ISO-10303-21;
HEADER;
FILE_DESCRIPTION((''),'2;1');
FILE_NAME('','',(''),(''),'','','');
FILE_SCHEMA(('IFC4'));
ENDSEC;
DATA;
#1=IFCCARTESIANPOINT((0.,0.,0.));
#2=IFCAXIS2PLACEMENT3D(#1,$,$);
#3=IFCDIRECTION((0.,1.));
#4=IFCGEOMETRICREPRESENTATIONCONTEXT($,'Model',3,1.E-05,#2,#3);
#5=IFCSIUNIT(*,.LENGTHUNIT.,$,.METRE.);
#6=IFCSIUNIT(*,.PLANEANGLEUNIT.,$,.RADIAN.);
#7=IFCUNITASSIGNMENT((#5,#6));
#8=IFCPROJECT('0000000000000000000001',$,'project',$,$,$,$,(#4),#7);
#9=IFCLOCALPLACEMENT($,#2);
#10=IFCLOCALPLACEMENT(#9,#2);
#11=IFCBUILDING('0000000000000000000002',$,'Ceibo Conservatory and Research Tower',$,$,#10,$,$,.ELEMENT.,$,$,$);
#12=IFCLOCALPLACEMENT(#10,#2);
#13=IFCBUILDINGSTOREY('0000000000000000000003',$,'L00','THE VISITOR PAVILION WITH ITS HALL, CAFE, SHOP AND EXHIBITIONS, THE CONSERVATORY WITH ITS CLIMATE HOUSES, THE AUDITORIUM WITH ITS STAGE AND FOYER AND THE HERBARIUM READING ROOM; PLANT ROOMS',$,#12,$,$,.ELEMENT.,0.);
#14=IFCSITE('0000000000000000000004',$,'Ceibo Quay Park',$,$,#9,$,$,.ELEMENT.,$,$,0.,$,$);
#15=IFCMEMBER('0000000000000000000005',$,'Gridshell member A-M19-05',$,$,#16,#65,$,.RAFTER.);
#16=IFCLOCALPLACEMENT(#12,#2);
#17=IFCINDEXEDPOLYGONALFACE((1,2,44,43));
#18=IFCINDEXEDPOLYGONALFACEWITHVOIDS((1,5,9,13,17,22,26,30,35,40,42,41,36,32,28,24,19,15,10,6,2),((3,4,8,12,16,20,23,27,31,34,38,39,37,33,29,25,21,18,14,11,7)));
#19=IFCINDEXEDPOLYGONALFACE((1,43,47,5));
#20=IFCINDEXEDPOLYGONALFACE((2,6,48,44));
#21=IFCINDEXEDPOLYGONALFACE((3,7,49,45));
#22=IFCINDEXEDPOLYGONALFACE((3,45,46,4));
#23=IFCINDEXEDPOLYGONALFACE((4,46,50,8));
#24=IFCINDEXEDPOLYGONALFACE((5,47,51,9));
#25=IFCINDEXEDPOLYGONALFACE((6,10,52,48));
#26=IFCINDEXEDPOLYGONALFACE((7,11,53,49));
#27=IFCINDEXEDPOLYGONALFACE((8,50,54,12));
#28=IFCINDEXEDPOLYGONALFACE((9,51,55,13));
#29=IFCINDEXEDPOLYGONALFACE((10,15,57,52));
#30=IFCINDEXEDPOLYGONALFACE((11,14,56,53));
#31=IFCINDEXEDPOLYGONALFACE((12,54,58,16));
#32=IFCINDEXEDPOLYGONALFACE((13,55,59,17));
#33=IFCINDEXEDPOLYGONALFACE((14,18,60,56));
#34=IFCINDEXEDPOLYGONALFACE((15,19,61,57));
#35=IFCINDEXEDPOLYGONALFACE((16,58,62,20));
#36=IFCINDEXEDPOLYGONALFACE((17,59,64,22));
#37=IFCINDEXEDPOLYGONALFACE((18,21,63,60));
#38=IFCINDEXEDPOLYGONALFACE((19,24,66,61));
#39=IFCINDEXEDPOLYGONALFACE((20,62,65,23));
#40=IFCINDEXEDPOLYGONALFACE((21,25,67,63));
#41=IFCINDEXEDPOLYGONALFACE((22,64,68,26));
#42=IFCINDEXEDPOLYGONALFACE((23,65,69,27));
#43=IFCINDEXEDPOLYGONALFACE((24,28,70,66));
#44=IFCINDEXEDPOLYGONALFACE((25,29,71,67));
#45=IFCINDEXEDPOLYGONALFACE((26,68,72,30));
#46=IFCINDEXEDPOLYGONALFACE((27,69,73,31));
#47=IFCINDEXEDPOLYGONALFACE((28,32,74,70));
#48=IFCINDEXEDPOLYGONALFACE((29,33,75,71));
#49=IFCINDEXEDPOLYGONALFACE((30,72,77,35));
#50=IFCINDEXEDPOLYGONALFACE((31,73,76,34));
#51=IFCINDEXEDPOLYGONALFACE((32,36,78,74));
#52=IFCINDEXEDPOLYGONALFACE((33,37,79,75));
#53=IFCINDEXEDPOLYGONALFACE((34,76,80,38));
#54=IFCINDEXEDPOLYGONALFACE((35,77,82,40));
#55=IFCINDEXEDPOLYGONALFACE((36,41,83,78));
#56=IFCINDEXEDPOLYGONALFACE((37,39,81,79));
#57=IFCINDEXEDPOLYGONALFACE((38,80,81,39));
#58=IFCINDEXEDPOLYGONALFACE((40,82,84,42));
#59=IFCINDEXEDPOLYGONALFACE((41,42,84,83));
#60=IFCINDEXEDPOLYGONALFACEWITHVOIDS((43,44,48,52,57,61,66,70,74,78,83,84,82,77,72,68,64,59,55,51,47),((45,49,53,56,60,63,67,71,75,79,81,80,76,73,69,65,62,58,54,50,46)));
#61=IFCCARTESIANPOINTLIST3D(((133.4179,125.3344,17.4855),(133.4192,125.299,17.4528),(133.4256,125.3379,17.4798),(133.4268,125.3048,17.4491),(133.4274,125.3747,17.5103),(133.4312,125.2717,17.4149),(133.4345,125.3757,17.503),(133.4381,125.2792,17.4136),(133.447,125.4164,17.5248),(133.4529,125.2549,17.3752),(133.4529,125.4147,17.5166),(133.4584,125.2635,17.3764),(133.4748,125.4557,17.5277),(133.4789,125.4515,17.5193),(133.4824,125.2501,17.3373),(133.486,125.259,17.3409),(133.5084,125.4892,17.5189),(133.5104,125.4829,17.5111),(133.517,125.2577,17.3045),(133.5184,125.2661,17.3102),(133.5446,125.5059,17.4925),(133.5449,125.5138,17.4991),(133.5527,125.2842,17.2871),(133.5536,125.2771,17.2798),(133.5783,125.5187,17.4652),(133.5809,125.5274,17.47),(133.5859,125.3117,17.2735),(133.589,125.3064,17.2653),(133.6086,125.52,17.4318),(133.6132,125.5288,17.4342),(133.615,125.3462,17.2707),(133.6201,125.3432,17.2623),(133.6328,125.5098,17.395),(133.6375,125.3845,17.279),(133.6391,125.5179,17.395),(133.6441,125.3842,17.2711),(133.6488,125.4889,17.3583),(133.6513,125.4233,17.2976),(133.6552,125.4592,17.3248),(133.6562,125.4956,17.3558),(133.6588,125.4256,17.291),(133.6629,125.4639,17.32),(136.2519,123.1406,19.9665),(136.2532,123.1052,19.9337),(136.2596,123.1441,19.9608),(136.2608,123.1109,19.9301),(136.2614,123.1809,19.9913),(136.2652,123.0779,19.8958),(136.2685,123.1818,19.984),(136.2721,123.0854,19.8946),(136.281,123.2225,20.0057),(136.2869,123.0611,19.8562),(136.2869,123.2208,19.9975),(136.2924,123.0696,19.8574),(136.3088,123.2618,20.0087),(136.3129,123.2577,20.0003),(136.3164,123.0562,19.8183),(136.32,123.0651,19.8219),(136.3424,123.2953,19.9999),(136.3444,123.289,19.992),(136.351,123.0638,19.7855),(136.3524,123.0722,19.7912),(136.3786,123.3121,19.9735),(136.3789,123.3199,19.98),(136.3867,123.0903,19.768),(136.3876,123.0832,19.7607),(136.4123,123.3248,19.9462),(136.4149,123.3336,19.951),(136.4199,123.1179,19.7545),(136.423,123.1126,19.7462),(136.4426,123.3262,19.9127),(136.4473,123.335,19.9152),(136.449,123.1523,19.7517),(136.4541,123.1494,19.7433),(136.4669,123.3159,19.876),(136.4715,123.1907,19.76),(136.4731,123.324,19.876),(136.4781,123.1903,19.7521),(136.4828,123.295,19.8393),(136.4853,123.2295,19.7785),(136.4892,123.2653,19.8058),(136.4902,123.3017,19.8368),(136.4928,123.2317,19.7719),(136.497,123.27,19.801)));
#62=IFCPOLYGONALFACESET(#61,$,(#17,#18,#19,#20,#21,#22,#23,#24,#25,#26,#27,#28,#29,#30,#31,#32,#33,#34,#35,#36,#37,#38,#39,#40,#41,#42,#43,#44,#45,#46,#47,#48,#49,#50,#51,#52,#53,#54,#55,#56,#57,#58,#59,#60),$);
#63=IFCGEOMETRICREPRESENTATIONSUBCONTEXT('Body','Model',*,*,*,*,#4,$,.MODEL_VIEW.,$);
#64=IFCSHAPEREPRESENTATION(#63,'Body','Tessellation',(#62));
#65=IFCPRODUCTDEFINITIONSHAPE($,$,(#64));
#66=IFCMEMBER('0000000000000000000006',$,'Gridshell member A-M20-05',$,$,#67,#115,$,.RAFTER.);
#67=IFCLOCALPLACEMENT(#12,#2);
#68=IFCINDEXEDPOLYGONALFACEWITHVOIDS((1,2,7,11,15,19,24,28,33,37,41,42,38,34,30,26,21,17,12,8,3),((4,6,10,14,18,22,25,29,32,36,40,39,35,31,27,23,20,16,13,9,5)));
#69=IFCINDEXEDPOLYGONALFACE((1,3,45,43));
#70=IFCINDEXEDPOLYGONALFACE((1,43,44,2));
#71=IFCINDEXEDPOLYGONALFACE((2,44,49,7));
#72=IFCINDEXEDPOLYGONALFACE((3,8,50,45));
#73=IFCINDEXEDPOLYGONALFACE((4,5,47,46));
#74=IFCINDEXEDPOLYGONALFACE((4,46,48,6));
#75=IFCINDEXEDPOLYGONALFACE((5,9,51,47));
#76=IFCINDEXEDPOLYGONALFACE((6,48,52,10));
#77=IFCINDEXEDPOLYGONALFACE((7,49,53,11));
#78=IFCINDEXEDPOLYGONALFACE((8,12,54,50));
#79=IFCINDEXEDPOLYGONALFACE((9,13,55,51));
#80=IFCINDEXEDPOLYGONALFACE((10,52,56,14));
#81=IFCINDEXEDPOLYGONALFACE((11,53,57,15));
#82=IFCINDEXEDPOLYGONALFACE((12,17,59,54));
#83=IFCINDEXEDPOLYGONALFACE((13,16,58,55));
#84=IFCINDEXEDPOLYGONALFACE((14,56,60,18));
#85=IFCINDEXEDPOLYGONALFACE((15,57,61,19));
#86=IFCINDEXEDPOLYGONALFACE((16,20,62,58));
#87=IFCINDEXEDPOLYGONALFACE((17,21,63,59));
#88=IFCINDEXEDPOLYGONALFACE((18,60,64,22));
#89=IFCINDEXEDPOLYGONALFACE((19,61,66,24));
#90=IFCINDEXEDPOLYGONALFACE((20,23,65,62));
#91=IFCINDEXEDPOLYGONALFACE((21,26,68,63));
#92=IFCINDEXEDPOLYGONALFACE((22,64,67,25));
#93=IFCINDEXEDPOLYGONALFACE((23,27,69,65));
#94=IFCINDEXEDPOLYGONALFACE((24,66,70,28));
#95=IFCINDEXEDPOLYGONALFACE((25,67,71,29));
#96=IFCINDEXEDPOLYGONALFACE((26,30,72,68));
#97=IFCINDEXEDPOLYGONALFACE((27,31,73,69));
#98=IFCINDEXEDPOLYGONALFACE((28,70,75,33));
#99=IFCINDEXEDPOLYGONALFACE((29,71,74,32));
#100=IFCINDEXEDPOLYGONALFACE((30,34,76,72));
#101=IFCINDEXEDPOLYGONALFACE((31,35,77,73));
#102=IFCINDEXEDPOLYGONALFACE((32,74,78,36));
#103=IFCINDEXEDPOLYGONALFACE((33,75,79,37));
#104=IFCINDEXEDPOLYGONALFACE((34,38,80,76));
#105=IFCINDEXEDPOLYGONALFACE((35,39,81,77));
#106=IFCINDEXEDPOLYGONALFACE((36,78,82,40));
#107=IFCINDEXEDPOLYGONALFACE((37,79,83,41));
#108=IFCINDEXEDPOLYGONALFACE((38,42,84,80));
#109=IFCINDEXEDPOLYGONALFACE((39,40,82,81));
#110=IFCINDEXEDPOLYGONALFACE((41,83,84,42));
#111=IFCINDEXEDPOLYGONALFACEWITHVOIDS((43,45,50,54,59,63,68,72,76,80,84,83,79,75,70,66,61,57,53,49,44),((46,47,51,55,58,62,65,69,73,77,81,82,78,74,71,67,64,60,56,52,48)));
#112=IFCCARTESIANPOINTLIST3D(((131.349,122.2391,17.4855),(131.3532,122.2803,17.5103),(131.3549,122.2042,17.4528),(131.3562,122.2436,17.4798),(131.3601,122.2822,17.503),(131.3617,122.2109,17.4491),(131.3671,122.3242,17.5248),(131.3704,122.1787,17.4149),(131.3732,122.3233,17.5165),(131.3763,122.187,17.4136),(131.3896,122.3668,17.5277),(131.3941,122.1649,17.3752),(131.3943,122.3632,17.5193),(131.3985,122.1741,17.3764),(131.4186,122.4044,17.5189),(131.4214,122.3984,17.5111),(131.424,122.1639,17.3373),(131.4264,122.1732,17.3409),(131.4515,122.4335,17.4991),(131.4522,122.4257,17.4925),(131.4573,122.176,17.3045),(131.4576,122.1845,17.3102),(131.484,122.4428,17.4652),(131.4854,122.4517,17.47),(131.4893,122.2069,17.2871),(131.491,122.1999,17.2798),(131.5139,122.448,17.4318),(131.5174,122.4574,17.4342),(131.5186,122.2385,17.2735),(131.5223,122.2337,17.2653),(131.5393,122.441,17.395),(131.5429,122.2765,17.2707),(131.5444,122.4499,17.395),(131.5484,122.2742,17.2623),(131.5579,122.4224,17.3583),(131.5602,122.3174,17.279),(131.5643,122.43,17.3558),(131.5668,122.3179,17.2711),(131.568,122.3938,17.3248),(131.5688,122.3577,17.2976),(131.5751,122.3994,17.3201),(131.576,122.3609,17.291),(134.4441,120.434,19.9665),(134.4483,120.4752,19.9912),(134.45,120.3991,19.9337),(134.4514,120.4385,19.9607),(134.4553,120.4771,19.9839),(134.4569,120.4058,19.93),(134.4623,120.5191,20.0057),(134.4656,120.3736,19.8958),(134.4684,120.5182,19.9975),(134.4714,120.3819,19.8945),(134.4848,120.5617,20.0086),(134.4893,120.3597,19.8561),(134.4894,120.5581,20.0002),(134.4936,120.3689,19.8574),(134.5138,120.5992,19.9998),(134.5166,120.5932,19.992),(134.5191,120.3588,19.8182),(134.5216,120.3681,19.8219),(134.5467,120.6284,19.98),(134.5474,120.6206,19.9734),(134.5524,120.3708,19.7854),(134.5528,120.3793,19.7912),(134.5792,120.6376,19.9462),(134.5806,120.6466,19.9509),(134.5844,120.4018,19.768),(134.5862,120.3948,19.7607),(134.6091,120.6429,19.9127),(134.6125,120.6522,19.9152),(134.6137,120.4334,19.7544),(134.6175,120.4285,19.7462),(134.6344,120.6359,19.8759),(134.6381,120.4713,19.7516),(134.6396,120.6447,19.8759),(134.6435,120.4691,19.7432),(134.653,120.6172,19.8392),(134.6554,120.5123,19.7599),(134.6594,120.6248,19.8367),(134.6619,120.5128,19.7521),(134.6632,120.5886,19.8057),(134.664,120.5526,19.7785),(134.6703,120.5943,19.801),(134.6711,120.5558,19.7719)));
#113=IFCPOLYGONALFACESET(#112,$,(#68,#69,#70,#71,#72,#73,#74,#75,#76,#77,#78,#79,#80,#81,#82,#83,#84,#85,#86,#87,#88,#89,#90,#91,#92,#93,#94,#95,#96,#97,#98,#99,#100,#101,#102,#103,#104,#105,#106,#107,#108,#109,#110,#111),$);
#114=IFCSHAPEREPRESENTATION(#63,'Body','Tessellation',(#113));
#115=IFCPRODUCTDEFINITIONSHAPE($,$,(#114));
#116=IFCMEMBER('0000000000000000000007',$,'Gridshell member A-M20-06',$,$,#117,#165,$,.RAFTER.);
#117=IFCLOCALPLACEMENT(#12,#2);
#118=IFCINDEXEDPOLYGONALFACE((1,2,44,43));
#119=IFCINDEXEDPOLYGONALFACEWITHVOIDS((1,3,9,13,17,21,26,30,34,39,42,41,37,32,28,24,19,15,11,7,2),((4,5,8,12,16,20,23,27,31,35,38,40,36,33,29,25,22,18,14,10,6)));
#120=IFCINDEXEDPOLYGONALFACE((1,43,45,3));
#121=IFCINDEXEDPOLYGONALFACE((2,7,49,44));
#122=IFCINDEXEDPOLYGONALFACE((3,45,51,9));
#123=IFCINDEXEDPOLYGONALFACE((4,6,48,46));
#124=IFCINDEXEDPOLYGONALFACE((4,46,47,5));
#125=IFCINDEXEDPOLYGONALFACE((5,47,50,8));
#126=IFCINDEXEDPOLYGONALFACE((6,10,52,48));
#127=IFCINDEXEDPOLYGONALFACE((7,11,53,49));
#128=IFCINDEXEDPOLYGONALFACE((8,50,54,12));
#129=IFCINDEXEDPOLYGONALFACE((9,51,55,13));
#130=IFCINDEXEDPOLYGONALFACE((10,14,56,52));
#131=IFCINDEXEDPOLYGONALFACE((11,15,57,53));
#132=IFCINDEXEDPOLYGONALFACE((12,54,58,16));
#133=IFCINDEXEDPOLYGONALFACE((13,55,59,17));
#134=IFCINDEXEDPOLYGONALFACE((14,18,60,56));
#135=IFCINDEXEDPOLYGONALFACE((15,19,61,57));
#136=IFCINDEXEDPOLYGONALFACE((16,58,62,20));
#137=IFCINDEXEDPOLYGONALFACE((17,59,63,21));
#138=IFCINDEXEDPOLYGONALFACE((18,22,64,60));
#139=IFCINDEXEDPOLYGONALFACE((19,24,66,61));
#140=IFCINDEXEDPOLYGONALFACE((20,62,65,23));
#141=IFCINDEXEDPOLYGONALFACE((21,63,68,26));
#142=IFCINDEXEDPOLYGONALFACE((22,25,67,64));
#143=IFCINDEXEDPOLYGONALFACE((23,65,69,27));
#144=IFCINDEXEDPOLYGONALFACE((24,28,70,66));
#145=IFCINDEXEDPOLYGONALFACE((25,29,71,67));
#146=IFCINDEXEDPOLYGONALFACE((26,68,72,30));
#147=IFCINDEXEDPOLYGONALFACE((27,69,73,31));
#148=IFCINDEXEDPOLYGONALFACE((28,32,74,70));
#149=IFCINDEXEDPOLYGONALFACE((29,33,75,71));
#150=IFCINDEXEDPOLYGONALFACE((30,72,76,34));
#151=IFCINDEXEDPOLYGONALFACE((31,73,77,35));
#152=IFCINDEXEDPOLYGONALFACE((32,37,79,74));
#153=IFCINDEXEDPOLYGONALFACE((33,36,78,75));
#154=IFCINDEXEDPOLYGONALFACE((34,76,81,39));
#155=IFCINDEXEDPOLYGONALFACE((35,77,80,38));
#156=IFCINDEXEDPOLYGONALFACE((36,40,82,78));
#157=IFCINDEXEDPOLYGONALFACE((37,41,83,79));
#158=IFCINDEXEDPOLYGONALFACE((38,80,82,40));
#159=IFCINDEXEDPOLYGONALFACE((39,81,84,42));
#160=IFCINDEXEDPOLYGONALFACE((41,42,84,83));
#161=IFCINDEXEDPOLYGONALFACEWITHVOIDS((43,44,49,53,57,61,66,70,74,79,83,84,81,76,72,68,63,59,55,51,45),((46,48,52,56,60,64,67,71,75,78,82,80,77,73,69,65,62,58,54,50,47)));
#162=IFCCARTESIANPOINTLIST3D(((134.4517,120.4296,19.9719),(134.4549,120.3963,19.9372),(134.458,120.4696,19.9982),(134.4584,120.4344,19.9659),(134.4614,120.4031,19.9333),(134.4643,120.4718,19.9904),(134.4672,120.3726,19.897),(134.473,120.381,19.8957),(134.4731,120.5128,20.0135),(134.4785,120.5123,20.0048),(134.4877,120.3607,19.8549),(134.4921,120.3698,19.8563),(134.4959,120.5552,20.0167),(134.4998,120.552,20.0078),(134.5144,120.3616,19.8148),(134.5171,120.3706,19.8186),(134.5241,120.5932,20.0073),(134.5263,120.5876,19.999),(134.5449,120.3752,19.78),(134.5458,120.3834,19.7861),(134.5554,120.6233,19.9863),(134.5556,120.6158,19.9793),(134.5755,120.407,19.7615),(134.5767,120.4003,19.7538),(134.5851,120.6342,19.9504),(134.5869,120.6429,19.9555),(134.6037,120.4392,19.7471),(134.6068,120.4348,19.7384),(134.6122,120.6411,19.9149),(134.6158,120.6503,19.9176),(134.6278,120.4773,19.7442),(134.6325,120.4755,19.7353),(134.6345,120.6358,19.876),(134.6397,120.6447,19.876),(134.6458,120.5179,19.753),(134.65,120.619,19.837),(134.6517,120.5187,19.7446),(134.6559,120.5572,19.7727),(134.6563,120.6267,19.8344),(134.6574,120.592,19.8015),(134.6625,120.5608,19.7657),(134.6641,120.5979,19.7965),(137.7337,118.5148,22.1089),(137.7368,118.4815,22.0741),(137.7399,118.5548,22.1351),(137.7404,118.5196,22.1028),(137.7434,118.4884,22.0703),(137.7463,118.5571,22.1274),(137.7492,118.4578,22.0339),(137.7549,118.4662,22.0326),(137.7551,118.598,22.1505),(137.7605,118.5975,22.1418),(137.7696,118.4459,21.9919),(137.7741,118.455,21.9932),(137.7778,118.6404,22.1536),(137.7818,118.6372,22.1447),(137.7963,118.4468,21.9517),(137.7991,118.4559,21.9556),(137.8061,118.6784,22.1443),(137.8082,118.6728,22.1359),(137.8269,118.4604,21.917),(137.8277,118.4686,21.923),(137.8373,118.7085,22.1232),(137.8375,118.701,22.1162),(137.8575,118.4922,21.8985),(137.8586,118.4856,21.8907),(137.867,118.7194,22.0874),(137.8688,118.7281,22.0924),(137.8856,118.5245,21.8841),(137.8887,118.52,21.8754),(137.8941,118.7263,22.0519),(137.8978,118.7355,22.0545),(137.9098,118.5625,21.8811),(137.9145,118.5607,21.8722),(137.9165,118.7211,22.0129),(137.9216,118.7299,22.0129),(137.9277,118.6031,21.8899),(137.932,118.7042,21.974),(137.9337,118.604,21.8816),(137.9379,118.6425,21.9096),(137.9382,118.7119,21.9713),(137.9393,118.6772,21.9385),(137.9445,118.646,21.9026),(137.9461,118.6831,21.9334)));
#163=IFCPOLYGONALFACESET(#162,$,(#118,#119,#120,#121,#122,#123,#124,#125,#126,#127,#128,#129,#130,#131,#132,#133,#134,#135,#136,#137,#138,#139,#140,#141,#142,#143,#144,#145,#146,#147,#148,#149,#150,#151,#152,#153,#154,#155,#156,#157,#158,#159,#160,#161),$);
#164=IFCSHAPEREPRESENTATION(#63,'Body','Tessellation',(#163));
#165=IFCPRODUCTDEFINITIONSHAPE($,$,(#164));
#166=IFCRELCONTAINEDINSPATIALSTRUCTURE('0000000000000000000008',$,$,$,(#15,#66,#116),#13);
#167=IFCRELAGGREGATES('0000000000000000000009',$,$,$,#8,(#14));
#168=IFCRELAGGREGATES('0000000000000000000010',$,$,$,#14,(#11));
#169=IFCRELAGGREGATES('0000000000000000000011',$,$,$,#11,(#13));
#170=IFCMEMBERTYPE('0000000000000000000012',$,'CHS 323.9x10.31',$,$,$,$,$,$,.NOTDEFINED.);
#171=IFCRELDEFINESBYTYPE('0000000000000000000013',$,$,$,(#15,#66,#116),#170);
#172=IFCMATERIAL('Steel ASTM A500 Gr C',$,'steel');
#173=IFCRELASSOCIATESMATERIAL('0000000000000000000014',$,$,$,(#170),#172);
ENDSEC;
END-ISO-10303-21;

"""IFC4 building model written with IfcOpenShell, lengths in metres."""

from ifc_helpers import new_model, si_unit, direction, frame, origin, origin_2d, place, context, subcontext, project, spatial, hollow_circle, extrude, material, material_profile, profile_set, type_object, element, save


model = new_model("IFC4")

# Units and contexts
model_context = context("Model", 3, precision=1e-05, world=origin(), true_north=direction((0.0, 1.0)))
body_context = subcontext(model_context, "Body", "Model", "MODEL_VIEW")
ifc_project = project(units=[si_unit("LENGTHUNIT", "METRE"), si_unit("PLANEANGLEUNIT", "RADIAN")], contexts=[model_context])

# Site, building, storey
site_placement = place(None, origin())
site = spatial("IfcSite", under=ifc_project, at=site_placement, Name="Ceibo Quay Park", CompositionType="ELEMENT", RefElevation=0.0)
building_placement = place(site_placement, origin())
building = spatial("IfcBuilding", under=site, at=building_placement, Name="Ceibo Conservatory and Research Tower", CompositionType="ELEMENT")
storey_placement = place(building_placement, origin())
storey = spatial("IfcBuildingStorey", under=building, at=storey_placement, Name="L00", Description="THE VISITOR PAVILION WITH ITS HALL, CAFE, SHOP AND EXHIBITIONS, THE CONSERVATORY WITH ITS CLIMATE HOUSES, THE AUDITORIUM WITH ITS STAGE AND FOYER AND THE HERBARIUM READING ROOM; PLANT ROOMS", CompositionType="ELEMENT", Elevation=0.0)

# Members
ifc_material_1 = material(Name="Steel ASTM A500 Gr C", Category="steel")
ifc_material_profile_1 = material_profile(ifc_material_1, hollow_circle(Radius=0.1619, WallThickness=0.0103, at=origin_2d()), Name="CHS 323.9x10.31")
ifc_profile_set_1 = profile_set([ifc_material_profile_1], Name="Steel ASTM A500 Gr C")
member_type_1 = type_object("IfcMemberType", Name="CHS 323.9x10.31", PredefinedType="NOTDEFINED", material=ifc_profile_set_1)
member_1_placement = place(storey_placement, frame((133.54, 125.3899, 17.395), z_axis=(0.650168, -0.503309, 0.569177), x_axis=(0.612137, 0.790751, 0.0)))
element("IfcMember", 1, at=member_1_placement, inside=storey, type_object=member_type_1, Name="Gridshell member A-M19-05", PredefinedType="RAFTER", context=body_context, shape_type="SweptSolid", body=[
    extrude(hollow_circle(Radius=0.1619, WallThickness=0.0103, at=origin_2d()), origin(), (0.0, 0.0, 1.0), 4.3589),
])
member_2_placement = place(storey_placement, frame((131.4629, 122.3101, 17.395), z_axis=(0.7102, -0.414199, 0.569258), x_axis=(0.503795, 0.863823, 0.0)))
element("IfcMember", 2, at=member_2_placement, inside=storey, type_object=member_type_1, Name="Gridshell member A-M20-05", PredefinedType="RAFTER", context=body_context, shape_type="SweptSolid", body=[
    extrude(hollow_circle(Radius=0.1619, WallThickness=0.0103, at=origin_2d()), origin(), (0.0, 0.0, 1.0), 4.3582),
])
member_3_placement = place(storey_placement, frame((134.5581, 120.5049, 19.876), z_axis=(0.75285, -0.439233, 0.490195), x_axis=(0.503931, 0.863744, 0.0)))
element("IfcMember", 3, at=member_3_placement, inside=storey, type_object=member_type_1, Name="Gridshell member A-M20-06", PredefinedType="RAFTER", context=body_context, shape_type="SweptSolid", body=[
    extrude(hollow_circle(Radius=0.1619, WallThickness=0.0103, at=origin_2d()), origin(), (0.0, 0.0, 1.0), 4.3594),
])

save(model, "model.ifc")
